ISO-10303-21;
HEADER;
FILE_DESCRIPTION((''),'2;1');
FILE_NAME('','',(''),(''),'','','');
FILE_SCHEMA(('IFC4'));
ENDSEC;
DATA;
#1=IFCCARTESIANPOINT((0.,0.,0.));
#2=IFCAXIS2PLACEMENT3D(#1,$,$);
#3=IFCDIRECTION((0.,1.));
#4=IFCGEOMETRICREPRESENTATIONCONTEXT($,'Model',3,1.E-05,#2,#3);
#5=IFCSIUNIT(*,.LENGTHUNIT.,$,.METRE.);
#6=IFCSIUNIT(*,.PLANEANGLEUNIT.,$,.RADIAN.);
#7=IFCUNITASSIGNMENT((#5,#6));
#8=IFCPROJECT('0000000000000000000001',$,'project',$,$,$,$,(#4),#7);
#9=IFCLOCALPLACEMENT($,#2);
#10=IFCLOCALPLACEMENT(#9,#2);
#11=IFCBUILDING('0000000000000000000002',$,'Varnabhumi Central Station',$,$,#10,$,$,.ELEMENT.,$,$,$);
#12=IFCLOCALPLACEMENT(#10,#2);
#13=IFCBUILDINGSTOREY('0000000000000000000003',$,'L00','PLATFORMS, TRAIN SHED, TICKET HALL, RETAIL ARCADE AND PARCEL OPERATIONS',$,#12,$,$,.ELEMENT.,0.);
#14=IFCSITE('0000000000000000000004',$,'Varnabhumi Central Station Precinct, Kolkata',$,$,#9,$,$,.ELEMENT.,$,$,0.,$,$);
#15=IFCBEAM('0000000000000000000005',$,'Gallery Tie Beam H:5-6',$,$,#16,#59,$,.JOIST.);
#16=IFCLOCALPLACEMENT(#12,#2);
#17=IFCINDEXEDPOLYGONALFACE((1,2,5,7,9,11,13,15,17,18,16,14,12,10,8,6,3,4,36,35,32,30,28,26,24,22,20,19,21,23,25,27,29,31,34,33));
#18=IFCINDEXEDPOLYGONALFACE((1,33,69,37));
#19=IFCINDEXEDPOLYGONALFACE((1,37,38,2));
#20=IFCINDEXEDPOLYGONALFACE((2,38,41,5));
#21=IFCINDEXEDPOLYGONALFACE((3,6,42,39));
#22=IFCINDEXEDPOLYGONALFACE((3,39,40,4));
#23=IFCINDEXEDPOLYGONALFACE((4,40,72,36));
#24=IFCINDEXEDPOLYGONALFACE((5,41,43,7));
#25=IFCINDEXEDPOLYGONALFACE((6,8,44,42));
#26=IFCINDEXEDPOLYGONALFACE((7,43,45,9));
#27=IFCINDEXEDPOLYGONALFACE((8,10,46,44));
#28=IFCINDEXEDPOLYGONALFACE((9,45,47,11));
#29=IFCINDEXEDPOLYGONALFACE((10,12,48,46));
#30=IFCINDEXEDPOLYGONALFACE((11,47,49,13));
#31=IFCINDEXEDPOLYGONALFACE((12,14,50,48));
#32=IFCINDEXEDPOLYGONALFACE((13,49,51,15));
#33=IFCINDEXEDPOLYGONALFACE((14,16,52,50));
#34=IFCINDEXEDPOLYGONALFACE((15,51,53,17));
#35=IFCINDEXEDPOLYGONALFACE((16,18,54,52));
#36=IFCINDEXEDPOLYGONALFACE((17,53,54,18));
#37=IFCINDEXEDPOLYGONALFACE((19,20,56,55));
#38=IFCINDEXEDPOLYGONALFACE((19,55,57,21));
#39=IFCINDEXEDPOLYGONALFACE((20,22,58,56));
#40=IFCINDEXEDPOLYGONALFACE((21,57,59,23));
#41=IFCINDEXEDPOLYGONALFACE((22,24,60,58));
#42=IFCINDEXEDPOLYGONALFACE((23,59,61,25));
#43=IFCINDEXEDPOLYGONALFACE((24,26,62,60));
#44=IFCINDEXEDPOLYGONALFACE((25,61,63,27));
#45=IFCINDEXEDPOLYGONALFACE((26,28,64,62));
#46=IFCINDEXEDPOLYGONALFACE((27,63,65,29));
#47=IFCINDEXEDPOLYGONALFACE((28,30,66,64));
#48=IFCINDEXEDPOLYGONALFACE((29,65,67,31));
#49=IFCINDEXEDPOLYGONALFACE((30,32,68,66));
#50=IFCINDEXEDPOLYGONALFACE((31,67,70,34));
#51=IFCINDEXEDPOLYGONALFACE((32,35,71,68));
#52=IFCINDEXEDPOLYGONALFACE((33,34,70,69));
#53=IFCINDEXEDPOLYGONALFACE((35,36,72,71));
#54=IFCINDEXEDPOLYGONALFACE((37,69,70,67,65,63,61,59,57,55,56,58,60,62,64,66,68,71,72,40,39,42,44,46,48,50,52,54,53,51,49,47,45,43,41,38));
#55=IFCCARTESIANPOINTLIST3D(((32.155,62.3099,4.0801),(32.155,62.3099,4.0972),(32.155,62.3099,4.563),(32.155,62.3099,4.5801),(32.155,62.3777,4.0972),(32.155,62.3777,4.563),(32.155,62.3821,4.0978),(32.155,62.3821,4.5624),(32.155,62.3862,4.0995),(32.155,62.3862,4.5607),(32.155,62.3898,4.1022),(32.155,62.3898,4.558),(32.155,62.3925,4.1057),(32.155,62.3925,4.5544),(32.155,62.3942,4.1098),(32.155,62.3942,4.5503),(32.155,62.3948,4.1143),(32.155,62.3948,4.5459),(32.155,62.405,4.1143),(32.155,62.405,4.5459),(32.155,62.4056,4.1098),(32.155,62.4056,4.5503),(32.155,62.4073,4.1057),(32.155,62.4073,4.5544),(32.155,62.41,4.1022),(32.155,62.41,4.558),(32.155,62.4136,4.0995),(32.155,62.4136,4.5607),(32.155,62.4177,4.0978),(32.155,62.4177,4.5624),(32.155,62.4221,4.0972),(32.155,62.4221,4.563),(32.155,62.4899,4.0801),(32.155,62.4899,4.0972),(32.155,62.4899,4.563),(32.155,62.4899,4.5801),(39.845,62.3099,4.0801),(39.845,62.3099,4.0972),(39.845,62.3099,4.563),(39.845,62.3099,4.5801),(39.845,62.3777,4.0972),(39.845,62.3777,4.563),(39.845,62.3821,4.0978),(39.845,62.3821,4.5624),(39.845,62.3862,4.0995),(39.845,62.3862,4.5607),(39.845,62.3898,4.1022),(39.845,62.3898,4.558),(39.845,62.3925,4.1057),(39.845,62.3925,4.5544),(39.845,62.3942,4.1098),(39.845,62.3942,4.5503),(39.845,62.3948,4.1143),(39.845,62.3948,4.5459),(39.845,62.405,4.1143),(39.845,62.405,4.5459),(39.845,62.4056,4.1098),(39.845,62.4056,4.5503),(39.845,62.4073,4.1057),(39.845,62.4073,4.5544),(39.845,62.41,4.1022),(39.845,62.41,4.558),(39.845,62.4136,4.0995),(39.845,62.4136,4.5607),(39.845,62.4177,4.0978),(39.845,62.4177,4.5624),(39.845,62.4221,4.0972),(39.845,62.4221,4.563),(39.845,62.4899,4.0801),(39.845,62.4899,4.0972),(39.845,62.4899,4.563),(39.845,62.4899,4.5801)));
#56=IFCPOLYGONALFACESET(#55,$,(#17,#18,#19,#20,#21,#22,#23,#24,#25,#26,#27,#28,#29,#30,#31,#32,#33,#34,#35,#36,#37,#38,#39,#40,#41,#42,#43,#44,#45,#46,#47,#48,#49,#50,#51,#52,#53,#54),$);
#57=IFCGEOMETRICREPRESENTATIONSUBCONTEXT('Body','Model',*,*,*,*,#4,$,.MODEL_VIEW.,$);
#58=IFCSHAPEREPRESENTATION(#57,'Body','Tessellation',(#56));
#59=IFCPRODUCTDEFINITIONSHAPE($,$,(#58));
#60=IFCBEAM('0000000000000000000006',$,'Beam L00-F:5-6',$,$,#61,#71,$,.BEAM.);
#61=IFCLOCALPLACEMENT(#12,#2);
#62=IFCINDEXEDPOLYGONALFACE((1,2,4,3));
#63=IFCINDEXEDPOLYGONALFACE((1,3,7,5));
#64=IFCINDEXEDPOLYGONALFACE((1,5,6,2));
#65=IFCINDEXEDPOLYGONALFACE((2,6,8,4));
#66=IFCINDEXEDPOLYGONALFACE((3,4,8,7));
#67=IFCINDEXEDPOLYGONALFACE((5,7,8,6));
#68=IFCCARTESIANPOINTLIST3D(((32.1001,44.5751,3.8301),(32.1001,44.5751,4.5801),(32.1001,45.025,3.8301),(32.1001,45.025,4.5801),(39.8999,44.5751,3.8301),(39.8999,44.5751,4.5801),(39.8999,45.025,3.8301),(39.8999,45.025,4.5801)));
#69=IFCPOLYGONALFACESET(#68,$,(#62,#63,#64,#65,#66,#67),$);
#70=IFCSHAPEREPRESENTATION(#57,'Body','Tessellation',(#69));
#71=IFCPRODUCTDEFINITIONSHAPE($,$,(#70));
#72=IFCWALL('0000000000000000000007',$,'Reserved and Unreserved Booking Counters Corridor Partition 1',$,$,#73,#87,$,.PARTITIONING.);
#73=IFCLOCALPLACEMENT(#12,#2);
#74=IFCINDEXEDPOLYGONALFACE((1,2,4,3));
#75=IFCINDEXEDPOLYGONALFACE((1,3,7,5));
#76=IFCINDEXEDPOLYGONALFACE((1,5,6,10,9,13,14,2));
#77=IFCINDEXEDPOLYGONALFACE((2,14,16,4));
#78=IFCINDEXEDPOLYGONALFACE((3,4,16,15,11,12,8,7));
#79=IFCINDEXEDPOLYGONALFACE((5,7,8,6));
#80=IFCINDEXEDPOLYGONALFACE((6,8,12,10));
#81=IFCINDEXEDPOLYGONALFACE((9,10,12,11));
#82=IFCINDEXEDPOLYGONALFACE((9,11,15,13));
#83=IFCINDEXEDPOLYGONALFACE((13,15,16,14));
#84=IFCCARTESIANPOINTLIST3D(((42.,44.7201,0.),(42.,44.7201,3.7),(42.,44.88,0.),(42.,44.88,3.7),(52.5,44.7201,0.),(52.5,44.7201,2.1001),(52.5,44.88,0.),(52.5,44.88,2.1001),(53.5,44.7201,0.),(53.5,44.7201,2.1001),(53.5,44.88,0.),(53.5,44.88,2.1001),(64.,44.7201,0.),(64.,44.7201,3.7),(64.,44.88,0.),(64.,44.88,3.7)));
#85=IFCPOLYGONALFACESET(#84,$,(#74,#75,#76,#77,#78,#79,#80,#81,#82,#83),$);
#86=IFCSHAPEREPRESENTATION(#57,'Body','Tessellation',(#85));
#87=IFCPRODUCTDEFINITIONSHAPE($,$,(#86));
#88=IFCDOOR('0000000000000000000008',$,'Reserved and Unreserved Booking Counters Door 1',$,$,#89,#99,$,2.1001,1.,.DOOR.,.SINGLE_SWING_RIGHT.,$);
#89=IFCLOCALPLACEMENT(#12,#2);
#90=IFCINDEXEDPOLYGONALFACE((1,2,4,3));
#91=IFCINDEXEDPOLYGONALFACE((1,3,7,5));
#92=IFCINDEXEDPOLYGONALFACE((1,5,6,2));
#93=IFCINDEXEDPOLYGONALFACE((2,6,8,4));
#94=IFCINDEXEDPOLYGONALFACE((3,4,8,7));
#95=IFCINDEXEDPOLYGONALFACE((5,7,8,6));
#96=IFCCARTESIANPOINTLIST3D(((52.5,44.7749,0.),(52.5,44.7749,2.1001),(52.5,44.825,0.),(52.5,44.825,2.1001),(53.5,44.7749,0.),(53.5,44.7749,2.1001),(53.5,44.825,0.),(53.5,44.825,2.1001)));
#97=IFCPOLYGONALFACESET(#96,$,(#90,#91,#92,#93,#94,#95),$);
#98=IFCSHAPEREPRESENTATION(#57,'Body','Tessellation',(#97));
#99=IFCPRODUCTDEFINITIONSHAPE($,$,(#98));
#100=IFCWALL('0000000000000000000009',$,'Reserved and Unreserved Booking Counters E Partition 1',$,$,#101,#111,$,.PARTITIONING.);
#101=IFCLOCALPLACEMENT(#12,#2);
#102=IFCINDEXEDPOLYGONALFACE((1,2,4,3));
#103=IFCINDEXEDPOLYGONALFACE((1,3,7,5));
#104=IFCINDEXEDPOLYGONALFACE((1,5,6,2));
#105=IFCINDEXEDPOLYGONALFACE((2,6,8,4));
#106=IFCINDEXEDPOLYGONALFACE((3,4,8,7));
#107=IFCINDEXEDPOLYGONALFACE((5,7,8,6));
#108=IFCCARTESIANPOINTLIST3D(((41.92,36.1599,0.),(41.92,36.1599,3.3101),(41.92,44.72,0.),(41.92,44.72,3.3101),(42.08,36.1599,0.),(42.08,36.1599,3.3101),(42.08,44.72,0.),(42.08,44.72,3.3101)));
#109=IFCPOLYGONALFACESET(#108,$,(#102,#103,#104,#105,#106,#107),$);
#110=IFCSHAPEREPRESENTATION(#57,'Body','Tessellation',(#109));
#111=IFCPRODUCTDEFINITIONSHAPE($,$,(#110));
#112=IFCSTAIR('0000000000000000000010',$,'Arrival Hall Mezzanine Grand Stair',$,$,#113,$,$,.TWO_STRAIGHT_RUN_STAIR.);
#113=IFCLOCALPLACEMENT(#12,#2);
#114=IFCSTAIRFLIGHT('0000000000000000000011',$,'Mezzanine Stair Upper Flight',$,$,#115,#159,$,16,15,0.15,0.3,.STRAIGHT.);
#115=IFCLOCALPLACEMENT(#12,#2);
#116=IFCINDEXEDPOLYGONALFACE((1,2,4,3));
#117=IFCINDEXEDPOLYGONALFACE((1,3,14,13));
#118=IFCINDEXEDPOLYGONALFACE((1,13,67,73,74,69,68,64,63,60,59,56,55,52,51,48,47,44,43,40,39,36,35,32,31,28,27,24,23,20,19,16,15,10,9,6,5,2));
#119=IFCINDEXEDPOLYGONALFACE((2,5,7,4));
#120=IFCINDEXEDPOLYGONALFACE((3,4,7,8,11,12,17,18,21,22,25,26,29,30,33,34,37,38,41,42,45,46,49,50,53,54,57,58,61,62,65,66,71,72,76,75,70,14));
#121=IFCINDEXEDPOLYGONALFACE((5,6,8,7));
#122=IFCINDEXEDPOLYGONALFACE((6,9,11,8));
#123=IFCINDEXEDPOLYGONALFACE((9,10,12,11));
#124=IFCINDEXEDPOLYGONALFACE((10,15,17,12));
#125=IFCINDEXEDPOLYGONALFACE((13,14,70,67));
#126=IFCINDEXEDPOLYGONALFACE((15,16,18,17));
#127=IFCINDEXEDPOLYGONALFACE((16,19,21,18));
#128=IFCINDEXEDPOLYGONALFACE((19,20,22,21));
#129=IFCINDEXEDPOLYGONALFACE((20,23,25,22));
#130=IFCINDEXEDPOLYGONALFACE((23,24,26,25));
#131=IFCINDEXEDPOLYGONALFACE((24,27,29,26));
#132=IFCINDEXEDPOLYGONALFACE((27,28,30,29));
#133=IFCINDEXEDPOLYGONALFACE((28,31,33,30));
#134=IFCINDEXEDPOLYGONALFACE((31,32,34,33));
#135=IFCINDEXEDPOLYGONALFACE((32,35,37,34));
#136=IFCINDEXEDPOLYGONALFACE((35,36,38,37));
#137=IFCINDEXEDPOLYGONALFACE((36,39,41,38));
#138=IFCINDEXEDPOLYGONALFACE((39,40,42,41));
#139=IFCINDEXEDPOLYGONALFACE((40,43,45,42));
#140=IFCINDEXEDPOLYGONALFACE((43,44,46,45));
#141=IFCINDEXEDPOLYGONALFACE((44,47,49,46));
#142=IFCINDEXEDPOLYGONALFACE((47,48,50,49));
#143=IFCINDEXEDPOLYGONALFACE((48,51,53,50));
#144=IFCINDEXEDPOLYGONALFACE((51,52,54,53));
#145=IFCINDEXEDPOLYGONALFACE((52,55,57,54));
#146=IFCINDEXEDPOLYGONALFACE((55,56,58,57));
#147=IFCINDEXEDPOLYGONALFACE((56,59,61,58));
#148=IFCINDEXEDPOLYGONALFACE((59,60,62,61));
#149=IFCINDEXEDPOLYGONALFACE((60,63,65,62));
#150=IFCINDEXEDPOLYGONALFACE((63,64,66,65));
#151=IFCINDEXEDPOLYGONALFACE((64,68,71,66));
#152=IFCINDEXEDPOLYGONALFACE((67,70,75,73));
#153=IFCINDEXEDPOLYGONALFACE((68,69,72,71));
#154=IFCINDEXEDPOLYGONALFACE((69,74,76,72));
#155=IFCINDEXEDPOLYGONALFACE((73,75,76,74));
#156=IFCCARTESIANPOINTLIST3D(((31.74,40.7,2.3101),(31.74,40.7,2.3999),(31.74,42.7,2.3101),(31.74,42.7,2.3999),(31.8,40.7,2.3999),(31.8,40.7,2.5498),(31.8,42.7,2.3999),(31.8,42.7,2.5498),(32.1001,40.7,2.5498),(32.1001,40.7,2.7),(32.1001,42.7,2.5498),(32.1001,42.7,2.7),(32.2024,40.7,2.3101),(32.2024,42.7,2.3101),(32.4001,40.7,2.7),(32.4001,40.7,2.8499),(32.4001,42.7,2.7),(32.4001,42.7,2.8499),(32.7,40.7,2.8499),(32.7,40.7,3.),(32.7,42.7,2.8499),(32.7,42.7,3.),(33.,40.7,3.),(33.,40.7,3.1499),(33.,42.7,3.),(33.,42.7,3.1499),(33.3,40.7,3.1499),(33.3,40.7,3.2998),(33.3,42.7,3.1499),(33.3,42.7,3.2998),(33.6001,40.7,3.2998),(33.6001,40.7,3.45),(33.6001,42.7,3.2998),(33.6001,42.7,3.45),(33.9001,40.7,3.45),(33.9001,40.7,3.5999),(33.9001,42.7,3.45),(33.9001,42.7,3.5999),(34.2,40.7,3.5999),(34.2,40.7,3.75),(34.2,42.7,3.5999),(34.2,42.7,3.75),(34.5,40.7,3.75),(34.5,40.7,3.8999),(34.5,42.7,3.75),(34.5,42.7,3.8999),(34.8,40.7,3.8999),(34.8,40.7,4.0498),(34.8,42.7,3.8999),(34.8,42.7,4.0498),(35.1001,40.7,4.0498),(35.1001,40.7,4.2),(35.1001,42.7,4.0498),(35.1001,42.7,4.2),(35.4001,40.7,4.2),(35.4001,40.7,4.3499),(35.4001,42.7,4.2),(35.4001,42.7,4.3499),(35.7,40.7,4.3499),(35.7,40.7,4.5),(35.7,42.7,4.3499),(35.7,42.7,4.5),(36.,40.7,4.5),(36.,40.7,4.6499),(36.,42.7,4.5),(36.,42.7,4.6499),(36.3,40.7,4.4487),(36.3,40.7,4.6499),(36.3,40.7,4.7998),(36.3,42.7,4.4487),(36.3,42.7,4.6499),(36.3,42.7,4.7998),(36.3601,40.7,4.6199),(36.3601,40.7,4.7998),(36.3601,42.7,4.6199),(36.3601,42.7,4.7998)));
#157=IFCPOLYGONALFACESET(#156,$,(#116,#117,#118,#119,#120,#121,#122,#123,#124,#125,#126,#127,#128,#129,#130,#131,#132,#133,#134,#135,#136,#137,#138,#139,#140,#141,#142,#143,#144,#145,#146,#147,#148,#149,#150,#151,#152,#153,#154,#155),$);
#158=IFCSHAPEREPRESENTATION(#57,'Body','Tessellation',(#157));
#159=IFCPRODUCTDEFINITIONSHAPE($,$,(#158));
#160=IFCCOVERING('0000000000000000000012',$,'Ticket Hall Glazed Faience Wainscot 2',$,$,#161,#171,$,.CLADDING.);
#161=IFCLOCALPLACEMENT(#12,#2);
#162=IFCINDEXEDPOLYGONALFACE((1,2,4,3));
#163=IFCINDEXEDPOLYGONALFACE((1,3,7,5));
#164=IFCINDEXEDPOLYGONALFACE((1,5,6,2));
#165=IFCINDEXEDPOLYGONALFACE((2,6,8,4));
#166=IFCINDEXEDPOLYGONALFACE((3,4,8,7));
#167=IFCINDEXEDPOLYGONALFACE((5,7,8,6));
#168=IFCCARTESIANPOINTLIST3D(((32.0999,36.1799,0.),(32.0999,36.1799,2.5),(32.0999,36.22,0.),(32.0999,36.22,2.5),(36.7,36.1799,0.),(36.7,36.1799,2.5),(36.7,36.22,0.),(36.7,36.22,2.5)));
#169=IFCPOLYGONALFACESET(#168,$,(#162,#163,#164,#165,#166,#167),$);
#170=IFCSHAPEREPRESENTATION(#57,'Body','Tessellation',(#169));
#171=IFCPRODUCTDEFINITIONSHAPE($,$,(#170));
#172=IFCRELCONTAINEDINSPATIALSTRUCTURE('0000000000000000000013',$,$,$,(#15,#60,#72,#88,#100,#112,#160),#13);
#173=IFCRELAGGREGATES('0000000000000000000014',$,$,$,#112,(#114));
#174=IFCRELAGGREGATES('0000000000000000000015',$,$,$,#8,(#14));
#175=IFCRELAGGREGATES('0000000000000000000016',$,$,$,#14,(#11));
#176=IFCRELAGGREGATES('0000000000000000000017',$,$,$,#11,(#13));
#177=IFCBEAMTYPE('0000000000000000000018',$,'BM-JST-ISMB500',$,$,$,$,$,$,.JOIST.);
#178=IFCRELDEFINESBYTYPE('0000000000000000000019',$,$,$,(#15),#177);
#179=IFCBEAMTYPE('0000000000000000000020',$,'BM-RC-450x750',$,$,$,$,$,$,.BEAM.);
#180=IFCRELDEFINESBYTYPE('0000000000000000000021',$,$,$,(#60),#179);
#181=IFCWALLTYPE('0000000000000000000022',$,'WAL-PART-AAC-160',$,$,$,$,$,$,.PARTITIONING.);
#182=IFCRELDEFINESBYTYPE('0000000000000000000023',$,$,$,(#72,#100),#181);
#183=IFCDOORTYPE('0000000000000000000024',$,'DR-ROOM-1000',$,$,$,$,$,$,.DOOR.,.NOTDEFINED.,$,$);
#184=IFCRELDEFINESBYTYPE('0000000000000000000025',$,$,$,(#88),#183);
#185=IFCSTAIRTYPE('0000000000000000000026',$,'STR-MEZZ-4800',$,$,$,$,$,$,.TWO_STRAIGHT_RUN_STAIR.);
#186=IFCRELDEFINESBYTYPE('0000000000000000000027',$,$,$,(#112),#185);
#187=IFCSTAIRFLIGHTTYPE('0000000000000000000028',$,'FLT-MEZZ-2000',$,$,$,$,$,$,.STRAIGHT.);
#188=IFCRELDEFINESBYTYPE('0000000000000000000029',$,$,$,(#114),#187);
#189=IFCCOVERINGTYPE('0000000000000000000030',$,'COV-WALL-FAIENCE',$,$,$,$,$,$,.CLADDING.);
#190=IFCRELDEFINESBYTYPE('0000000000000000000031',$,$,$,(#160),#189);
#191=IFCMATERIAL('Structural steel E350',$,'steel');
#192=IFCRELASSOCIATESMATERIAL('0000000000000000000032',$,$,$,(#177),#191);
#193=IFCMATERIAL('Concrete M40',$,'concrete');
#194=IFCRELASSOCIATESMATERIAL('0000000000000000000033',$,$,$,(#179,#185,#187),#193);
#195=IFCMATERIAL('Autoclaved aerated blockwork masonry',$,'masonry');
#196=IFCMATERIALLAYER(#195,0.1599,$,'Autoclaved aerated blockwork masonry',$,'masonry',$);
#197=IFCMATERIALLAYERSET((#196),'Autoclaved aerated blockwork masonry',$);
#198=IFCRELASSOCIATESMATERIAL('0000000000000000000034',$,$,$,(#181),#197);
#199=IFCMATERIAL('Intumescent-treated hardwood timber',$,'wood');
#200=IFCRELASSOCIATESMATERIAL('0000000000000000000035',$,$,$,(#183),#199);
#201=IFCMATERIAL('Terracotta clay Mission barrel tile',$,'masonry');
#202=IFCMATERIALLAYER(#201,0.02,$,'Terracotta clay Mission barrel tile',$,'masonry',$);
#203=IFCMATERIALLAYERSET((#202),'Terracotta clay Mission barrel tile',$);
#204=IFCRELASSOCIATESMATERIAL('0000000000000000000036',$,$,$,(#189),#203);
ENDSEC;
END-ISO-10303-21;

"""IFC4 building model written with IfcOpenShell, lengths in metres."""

from ifc_helpers import new_model, si_unit, direction, frame, frame_2d, origin, origin_2d, place, context, subcontext, project, spatial, polyline, rectangle, i_section, outline, extrude, material, layer, layer_set, material_profile, profile_set, type_object, element, fill, aggregate, save


model = new_model("IFC4")

# Units and contexts
model_context = context("Model", 3, precision=1e-05, world=origin(), true_north=direction((0.0, 1.0)))
body_context = subcontext(model_context, "Body", "Model", "MODEL_VIEW")
ifc_project = project(units=[si_unit("LENGTHUNIT", "METRE"), si_unit("PLANEANGLEUNIT", "RADIAN")], contexts=[model_context])

# Site, building, storey
site_placement = place(None, origin())
site = spatial("IfcSite", under=ifc_project, at=site_placement, Name="Varnabhumi Central Station Precinct, Kolkata", CompositionType="ELEMENT", RefElevation=0.0)
building_placement = place(site_placement, origin())
building = spatial("IfcBuilding", under=site, at=building_placement, Name="Varnabhumi Central Station", CompositionType="ELEMENT")
storey_placement = place(building_placement, origin())
storey = spatial("IfcBuildingStorey", under=building, at=storey_placement, Name="L00", Description="PLATFORMS, TRAIN SHED, TICKET HALL, RETAIL ARCADE AND PARCEL OPERATIONS", CompositionType="ELEMENT", Elevation=0.0)

# Shared definitions
ifc_material_1 = material(Name="Concrete M40", Category="concrete")

# Shared definitions
ifc_material_2 = material(Name="Structural steel E350", Category="steel")

# Beams
ifc_material_profile_1 = material_profile(ifc_material_2, i_section(OverallWidth=0.1799, OverallDepth=0.5, WebThickness=0.0103, FlangeThickness=0.0171, FilletRadius=0.0171, at=origin_2d()), Name="Structural steel E350", Category="steel")
ifc_profile_set_1 = profile_set([ifc_material_profile_1], Name="Structural steel E350")
beam_type_1 = type_object("IfcBeamType", Name="BM-JST-ISMB500", PredefinedType="JOIST", material=ifc_profile_set_1)
for number, where, z_axis, x_axis, name in (
    (1, (32.155, 62.3999, 4.3301), (1.0, 0.0, 0.0), (0.0, 1.0, 0.0), "Gallery Tie Beam H:5-6"),
):
    element("IfcBeam", number, at=place(storey_placement, frame(where, z_axis=z_axis, x_axis=x_axis)), inside=storey, type_object=beam_type_1, Name=name, PredefinedType="JOIST", context=body_context, shape_type="SweptSolid", body=[
        extrude(i_section(OverallWidth=0.1799, OverallDepth=0.5, WebThickness=0.0103, FlangeThickness=0.0171, FilletRadius=0.0171, at=origin_2d()), origin(), (0.0, 0.0, 1.0), 7.6899),
    ])
ifc_material_profile_2 = material_profile(ifc_material_1, rectangle(XDim=0.45, YDim=0.75, at=origin_2d()), Name="Concrete M40", Category="concrete")
ifc_profile_set_2 = profile_set([ifc_material_profile_2], Name="Concrete M40")
beam_type_2 = type_object("IfcBeamType", Name="BM-RC-450x750", PredefinedType="BEAM", material=ifc_profile_set_2)
beam_placement = place(storey_placement, frame((32.1001, 44.8, 4.2051), z_axis=(1.0, 0.0, 0.0), x_axis=(0.0, 1.0, 0.0)))
element("IfcBeam", 2, at=beam_placement, inside=storey, type_object=beam_type_2, Name="Beam L00-F:5-6", PredefinedType="BEAM", context=body_context, shape_type="SweptSolid", body=[
    extrude(rectangle(XDim=0.45, YDim=0.75, at=origin_2d()), origin(), (0.0, 0.0, 1.0), 7.7998),
])

# Wall, opening, door
ifc_material_3 = material(Name="Autoclaved aerated blockwork masonry", Category="masonry")
ifc_layer_1 = layer(ifc_material_3, 0.1599, Name="Autoclaved aerated blockwork masonry", Category="masonry")
ifc_layer_set_1 = layer_set([ifc_layer_1], Name="Autoclaved aerated blockwork masonry")
wall_type = type_object("IfcWallType", Name="WAL-PART-AAC-160", PredefinedType="PARTITIONING", material=ifc_layer_set_1)
wall_1_placement = place(storey_placement, frame((42.0, 44.8, 0.0), z_axis=(0.0, 0.0, 1.0), x_axis=(1.0, 0.0, 0.0)))
wall_1 = element("IfcWall", 3, at=wall_1_placement, inside=storey, type_object=wall_type, Name="Reserved and Unreserved Booking Counters Corridor Partition 1", PredefinedType="PARTITIONING", context=body_context, shape_type="SweptSolid", body=[
    extrude(rectangle(XDim=22.0, YDim=0.1599, at=frame_2d((11.0, 0.0))), origin(), (0.0, 0.0, 1.0), 3.7),
])
opening_placement = place(wall_1_placement, frame((10.5, 0.0, 0.0)))
opening = element("IfcOpeningElement", 4, at=opening_placement, cuts=wall_1, PredefinedType="OPENING", context=body_context, shape_type="SweptSolid", body=[
    extrude(rectangle(XDim=1.0, YDim=2.1001, at=frame_2d((0.5, 1.05))), frame((0.0, 0.0898, 0.0), z_axis=(0.0, -1.0, 0.0), x_axis=(1.0, 0.0, 0.0)), (0.0, 0.0, 1.0), 0.1799),
])
ifc_material_4 = material(Name="Intumescent-treated hardwood timber", Category="wood")
door_type = type_object("IfcDoorType", Name="DR-ROOM-1000", OperationType="NOTDEFINED", PredefinedType="DOOR", material=ifc_material_4)
door_placement = place(opening_placement, origin())
door = element("IfcDoor", 5, at=door_placement, inside=storey, type_object=door_type, Name="Reserved and Unreserved Booking Counters Door 1", OperationType="SINGLE_SWING_RIGHT", OverallHeight=2.1001, OverallWidth=1.0, PredefinedType="DOOR", context=body_context, shape_type="SweptSolid", body=[
    extrude(rectangle(XDim=1.0, YDim=2.1001, at=frame_2d((0.5, 1.05))), frame((0.0, 0.0249, 0.0), z_axis=(0.0, -1.0, 0.0), x_axis=(1.0, 0.0, 0.0)), (0.0, 0.0, 1.0), 0.05),
])
fill(opening, door)

# Wall
wall_2_placement = place(storey_placement, frame((42.0, 36.1599, 0.0), z_axis=(0.0, 0.0, 1.0), x_axis=(0.0, 1.0, 0.0)))
element("IfcWall", 6, at=wall_2_placement, inside=storey, type_object=wall_type, Name="Reserved and Unreserved Booking Counters E Partition 1", PredefinedType="PARTITIONING", context=body_context, shape_type="SweptSolid", body=[
    extrude(rectangle(XDim=8.5601, YDim=0.1599, at=frame_2d((4.28, 0.0))), origin(), (0.0, 0.0, 1.0), 3.3101),
])

# Stair, stair flight
stair_type = type_object("IfcStairType", Name="STR-MEZZ-4800", PredefinedType="TWO_STRAIGHT_RUN_STAIR", material=ifc_material_1)
stair_placement = place(storey_placement, origin())
stair = element("IfcStair", 7, at=stair_placement, inside=storey, type_object=stair_type, Name="Arrival Hall Mezzanine Grand Stair", PredefinedType="TWO_STRAIGHT_RUN_STAIR")
stair_flight_type = type_object("IfcStairFlightType", Name="FLT-MEZZ-2000", PredefinedType="STRAIGHT", material=ifc_material_1)
stair_flight_placement = place(storey_placement, frame((31.8, 41.7, 2.3999), z_axis=(0.0, 0.0, 1.0), x_axis=(1.0, 0.0, 0.0)))
stair_flight = element("IfcStairFlight", 8, at=stair_flight_placement, type_object=stair_flight_type, Name="Mezzanine Stair Upper Flight", NumberOfRisers=16, NumberOfTreads=15, PredefinedType="STRAIGHT", RiserHeight=0.15, TreadLength=0.3, context=body_context, shape_type="SweptSolid", body=[
    extrude(outline(polyline([(-0.0601, -0.0898), (-0.0601, 0.0), (0.0, 0.0), (0.0, 0.1499), (0.3, 0.1499), (0.3, 0.3), (0.6001, 0.3), (0.6001, 0.45), (0.8999, 0.45), (0.8999, 0.6001), (1.2, 0.6001), (1.2, 0.75), (1.5, 0.75), (1.5, 0.8999), (1.8, 0.8999), (1.8, 1.05), (2.1001, 1.05), (2.1001, 1.2), (2.3999, 1.2), (2.3999, 1.3501), (2.7, 1.3501), (2.7, 1.5), (3.0, 1.5), (3.0, 1.6499), (3.3, 1.6499), (3.3, 1.8), (3.6001, 1.8), (3.6001, 1.95), (3.8999, 1.95), (3.8999, 2.1001), (4.2, 2.1001), (4.2, 2.25), (4.5, 2.25), (4.5, 2.3999), (4.5601, 2.3999), (4.5601, 2.22), (4.5, 2.0488), (0.4023, -0.0898), (-0.0601, -0.0898)])), frame((0.0, 1.0, 0.0), z_axis=(0.0, -1.0, 0.0), x_axis=(1.0, 0.0, 0.0)), (0.0, 0.0, 1.0), 2.0),
])
aggregate(stair, [stair_flight])

# Covering
ifc_material_5 = material(Name="Terracotta clay Mission barrel tile", Category="masonry")
ifc_layer_2 = layer(ifc_material_5, 0.02, Name="Terracotta clay Mission barrel tile", Category="masonry")
ifc_layer_set_2 = layer_set([ifc_layer_2], Name="Terracotta clay Mission barrel tile")
covering_type = type_object("IfcCoveringType", Name="COV-WALL-FAIENCE", PredefinedType="CLADDING", material=ifc_layer_set_2)
for number, where, z_axis, x_axis, name in (
    (9, (34.3999, 36.2, 0.0), (0.0, 0.0, 1.0), (1.0, 0.0, 0.0), "Ticket Hall Glazed Faience Wainscot 2"),
):
    element("IfcCovering", number, at=place(storey_placement, frame(where, z_axis=z_axis, x_axis=x_axis)), inside=storey, type_object=covering_type, Name=name, PredefinedType="CLADDING", context=body_context, shape_type="SweptSolid", body=[
        extrude(rectangle(XDim=4.6001, YDim=0.04, at=origin_2d()), origin(), (0.0, 0.0, 1.0), 2.5),
    ])

save(model, "model.ifc")
